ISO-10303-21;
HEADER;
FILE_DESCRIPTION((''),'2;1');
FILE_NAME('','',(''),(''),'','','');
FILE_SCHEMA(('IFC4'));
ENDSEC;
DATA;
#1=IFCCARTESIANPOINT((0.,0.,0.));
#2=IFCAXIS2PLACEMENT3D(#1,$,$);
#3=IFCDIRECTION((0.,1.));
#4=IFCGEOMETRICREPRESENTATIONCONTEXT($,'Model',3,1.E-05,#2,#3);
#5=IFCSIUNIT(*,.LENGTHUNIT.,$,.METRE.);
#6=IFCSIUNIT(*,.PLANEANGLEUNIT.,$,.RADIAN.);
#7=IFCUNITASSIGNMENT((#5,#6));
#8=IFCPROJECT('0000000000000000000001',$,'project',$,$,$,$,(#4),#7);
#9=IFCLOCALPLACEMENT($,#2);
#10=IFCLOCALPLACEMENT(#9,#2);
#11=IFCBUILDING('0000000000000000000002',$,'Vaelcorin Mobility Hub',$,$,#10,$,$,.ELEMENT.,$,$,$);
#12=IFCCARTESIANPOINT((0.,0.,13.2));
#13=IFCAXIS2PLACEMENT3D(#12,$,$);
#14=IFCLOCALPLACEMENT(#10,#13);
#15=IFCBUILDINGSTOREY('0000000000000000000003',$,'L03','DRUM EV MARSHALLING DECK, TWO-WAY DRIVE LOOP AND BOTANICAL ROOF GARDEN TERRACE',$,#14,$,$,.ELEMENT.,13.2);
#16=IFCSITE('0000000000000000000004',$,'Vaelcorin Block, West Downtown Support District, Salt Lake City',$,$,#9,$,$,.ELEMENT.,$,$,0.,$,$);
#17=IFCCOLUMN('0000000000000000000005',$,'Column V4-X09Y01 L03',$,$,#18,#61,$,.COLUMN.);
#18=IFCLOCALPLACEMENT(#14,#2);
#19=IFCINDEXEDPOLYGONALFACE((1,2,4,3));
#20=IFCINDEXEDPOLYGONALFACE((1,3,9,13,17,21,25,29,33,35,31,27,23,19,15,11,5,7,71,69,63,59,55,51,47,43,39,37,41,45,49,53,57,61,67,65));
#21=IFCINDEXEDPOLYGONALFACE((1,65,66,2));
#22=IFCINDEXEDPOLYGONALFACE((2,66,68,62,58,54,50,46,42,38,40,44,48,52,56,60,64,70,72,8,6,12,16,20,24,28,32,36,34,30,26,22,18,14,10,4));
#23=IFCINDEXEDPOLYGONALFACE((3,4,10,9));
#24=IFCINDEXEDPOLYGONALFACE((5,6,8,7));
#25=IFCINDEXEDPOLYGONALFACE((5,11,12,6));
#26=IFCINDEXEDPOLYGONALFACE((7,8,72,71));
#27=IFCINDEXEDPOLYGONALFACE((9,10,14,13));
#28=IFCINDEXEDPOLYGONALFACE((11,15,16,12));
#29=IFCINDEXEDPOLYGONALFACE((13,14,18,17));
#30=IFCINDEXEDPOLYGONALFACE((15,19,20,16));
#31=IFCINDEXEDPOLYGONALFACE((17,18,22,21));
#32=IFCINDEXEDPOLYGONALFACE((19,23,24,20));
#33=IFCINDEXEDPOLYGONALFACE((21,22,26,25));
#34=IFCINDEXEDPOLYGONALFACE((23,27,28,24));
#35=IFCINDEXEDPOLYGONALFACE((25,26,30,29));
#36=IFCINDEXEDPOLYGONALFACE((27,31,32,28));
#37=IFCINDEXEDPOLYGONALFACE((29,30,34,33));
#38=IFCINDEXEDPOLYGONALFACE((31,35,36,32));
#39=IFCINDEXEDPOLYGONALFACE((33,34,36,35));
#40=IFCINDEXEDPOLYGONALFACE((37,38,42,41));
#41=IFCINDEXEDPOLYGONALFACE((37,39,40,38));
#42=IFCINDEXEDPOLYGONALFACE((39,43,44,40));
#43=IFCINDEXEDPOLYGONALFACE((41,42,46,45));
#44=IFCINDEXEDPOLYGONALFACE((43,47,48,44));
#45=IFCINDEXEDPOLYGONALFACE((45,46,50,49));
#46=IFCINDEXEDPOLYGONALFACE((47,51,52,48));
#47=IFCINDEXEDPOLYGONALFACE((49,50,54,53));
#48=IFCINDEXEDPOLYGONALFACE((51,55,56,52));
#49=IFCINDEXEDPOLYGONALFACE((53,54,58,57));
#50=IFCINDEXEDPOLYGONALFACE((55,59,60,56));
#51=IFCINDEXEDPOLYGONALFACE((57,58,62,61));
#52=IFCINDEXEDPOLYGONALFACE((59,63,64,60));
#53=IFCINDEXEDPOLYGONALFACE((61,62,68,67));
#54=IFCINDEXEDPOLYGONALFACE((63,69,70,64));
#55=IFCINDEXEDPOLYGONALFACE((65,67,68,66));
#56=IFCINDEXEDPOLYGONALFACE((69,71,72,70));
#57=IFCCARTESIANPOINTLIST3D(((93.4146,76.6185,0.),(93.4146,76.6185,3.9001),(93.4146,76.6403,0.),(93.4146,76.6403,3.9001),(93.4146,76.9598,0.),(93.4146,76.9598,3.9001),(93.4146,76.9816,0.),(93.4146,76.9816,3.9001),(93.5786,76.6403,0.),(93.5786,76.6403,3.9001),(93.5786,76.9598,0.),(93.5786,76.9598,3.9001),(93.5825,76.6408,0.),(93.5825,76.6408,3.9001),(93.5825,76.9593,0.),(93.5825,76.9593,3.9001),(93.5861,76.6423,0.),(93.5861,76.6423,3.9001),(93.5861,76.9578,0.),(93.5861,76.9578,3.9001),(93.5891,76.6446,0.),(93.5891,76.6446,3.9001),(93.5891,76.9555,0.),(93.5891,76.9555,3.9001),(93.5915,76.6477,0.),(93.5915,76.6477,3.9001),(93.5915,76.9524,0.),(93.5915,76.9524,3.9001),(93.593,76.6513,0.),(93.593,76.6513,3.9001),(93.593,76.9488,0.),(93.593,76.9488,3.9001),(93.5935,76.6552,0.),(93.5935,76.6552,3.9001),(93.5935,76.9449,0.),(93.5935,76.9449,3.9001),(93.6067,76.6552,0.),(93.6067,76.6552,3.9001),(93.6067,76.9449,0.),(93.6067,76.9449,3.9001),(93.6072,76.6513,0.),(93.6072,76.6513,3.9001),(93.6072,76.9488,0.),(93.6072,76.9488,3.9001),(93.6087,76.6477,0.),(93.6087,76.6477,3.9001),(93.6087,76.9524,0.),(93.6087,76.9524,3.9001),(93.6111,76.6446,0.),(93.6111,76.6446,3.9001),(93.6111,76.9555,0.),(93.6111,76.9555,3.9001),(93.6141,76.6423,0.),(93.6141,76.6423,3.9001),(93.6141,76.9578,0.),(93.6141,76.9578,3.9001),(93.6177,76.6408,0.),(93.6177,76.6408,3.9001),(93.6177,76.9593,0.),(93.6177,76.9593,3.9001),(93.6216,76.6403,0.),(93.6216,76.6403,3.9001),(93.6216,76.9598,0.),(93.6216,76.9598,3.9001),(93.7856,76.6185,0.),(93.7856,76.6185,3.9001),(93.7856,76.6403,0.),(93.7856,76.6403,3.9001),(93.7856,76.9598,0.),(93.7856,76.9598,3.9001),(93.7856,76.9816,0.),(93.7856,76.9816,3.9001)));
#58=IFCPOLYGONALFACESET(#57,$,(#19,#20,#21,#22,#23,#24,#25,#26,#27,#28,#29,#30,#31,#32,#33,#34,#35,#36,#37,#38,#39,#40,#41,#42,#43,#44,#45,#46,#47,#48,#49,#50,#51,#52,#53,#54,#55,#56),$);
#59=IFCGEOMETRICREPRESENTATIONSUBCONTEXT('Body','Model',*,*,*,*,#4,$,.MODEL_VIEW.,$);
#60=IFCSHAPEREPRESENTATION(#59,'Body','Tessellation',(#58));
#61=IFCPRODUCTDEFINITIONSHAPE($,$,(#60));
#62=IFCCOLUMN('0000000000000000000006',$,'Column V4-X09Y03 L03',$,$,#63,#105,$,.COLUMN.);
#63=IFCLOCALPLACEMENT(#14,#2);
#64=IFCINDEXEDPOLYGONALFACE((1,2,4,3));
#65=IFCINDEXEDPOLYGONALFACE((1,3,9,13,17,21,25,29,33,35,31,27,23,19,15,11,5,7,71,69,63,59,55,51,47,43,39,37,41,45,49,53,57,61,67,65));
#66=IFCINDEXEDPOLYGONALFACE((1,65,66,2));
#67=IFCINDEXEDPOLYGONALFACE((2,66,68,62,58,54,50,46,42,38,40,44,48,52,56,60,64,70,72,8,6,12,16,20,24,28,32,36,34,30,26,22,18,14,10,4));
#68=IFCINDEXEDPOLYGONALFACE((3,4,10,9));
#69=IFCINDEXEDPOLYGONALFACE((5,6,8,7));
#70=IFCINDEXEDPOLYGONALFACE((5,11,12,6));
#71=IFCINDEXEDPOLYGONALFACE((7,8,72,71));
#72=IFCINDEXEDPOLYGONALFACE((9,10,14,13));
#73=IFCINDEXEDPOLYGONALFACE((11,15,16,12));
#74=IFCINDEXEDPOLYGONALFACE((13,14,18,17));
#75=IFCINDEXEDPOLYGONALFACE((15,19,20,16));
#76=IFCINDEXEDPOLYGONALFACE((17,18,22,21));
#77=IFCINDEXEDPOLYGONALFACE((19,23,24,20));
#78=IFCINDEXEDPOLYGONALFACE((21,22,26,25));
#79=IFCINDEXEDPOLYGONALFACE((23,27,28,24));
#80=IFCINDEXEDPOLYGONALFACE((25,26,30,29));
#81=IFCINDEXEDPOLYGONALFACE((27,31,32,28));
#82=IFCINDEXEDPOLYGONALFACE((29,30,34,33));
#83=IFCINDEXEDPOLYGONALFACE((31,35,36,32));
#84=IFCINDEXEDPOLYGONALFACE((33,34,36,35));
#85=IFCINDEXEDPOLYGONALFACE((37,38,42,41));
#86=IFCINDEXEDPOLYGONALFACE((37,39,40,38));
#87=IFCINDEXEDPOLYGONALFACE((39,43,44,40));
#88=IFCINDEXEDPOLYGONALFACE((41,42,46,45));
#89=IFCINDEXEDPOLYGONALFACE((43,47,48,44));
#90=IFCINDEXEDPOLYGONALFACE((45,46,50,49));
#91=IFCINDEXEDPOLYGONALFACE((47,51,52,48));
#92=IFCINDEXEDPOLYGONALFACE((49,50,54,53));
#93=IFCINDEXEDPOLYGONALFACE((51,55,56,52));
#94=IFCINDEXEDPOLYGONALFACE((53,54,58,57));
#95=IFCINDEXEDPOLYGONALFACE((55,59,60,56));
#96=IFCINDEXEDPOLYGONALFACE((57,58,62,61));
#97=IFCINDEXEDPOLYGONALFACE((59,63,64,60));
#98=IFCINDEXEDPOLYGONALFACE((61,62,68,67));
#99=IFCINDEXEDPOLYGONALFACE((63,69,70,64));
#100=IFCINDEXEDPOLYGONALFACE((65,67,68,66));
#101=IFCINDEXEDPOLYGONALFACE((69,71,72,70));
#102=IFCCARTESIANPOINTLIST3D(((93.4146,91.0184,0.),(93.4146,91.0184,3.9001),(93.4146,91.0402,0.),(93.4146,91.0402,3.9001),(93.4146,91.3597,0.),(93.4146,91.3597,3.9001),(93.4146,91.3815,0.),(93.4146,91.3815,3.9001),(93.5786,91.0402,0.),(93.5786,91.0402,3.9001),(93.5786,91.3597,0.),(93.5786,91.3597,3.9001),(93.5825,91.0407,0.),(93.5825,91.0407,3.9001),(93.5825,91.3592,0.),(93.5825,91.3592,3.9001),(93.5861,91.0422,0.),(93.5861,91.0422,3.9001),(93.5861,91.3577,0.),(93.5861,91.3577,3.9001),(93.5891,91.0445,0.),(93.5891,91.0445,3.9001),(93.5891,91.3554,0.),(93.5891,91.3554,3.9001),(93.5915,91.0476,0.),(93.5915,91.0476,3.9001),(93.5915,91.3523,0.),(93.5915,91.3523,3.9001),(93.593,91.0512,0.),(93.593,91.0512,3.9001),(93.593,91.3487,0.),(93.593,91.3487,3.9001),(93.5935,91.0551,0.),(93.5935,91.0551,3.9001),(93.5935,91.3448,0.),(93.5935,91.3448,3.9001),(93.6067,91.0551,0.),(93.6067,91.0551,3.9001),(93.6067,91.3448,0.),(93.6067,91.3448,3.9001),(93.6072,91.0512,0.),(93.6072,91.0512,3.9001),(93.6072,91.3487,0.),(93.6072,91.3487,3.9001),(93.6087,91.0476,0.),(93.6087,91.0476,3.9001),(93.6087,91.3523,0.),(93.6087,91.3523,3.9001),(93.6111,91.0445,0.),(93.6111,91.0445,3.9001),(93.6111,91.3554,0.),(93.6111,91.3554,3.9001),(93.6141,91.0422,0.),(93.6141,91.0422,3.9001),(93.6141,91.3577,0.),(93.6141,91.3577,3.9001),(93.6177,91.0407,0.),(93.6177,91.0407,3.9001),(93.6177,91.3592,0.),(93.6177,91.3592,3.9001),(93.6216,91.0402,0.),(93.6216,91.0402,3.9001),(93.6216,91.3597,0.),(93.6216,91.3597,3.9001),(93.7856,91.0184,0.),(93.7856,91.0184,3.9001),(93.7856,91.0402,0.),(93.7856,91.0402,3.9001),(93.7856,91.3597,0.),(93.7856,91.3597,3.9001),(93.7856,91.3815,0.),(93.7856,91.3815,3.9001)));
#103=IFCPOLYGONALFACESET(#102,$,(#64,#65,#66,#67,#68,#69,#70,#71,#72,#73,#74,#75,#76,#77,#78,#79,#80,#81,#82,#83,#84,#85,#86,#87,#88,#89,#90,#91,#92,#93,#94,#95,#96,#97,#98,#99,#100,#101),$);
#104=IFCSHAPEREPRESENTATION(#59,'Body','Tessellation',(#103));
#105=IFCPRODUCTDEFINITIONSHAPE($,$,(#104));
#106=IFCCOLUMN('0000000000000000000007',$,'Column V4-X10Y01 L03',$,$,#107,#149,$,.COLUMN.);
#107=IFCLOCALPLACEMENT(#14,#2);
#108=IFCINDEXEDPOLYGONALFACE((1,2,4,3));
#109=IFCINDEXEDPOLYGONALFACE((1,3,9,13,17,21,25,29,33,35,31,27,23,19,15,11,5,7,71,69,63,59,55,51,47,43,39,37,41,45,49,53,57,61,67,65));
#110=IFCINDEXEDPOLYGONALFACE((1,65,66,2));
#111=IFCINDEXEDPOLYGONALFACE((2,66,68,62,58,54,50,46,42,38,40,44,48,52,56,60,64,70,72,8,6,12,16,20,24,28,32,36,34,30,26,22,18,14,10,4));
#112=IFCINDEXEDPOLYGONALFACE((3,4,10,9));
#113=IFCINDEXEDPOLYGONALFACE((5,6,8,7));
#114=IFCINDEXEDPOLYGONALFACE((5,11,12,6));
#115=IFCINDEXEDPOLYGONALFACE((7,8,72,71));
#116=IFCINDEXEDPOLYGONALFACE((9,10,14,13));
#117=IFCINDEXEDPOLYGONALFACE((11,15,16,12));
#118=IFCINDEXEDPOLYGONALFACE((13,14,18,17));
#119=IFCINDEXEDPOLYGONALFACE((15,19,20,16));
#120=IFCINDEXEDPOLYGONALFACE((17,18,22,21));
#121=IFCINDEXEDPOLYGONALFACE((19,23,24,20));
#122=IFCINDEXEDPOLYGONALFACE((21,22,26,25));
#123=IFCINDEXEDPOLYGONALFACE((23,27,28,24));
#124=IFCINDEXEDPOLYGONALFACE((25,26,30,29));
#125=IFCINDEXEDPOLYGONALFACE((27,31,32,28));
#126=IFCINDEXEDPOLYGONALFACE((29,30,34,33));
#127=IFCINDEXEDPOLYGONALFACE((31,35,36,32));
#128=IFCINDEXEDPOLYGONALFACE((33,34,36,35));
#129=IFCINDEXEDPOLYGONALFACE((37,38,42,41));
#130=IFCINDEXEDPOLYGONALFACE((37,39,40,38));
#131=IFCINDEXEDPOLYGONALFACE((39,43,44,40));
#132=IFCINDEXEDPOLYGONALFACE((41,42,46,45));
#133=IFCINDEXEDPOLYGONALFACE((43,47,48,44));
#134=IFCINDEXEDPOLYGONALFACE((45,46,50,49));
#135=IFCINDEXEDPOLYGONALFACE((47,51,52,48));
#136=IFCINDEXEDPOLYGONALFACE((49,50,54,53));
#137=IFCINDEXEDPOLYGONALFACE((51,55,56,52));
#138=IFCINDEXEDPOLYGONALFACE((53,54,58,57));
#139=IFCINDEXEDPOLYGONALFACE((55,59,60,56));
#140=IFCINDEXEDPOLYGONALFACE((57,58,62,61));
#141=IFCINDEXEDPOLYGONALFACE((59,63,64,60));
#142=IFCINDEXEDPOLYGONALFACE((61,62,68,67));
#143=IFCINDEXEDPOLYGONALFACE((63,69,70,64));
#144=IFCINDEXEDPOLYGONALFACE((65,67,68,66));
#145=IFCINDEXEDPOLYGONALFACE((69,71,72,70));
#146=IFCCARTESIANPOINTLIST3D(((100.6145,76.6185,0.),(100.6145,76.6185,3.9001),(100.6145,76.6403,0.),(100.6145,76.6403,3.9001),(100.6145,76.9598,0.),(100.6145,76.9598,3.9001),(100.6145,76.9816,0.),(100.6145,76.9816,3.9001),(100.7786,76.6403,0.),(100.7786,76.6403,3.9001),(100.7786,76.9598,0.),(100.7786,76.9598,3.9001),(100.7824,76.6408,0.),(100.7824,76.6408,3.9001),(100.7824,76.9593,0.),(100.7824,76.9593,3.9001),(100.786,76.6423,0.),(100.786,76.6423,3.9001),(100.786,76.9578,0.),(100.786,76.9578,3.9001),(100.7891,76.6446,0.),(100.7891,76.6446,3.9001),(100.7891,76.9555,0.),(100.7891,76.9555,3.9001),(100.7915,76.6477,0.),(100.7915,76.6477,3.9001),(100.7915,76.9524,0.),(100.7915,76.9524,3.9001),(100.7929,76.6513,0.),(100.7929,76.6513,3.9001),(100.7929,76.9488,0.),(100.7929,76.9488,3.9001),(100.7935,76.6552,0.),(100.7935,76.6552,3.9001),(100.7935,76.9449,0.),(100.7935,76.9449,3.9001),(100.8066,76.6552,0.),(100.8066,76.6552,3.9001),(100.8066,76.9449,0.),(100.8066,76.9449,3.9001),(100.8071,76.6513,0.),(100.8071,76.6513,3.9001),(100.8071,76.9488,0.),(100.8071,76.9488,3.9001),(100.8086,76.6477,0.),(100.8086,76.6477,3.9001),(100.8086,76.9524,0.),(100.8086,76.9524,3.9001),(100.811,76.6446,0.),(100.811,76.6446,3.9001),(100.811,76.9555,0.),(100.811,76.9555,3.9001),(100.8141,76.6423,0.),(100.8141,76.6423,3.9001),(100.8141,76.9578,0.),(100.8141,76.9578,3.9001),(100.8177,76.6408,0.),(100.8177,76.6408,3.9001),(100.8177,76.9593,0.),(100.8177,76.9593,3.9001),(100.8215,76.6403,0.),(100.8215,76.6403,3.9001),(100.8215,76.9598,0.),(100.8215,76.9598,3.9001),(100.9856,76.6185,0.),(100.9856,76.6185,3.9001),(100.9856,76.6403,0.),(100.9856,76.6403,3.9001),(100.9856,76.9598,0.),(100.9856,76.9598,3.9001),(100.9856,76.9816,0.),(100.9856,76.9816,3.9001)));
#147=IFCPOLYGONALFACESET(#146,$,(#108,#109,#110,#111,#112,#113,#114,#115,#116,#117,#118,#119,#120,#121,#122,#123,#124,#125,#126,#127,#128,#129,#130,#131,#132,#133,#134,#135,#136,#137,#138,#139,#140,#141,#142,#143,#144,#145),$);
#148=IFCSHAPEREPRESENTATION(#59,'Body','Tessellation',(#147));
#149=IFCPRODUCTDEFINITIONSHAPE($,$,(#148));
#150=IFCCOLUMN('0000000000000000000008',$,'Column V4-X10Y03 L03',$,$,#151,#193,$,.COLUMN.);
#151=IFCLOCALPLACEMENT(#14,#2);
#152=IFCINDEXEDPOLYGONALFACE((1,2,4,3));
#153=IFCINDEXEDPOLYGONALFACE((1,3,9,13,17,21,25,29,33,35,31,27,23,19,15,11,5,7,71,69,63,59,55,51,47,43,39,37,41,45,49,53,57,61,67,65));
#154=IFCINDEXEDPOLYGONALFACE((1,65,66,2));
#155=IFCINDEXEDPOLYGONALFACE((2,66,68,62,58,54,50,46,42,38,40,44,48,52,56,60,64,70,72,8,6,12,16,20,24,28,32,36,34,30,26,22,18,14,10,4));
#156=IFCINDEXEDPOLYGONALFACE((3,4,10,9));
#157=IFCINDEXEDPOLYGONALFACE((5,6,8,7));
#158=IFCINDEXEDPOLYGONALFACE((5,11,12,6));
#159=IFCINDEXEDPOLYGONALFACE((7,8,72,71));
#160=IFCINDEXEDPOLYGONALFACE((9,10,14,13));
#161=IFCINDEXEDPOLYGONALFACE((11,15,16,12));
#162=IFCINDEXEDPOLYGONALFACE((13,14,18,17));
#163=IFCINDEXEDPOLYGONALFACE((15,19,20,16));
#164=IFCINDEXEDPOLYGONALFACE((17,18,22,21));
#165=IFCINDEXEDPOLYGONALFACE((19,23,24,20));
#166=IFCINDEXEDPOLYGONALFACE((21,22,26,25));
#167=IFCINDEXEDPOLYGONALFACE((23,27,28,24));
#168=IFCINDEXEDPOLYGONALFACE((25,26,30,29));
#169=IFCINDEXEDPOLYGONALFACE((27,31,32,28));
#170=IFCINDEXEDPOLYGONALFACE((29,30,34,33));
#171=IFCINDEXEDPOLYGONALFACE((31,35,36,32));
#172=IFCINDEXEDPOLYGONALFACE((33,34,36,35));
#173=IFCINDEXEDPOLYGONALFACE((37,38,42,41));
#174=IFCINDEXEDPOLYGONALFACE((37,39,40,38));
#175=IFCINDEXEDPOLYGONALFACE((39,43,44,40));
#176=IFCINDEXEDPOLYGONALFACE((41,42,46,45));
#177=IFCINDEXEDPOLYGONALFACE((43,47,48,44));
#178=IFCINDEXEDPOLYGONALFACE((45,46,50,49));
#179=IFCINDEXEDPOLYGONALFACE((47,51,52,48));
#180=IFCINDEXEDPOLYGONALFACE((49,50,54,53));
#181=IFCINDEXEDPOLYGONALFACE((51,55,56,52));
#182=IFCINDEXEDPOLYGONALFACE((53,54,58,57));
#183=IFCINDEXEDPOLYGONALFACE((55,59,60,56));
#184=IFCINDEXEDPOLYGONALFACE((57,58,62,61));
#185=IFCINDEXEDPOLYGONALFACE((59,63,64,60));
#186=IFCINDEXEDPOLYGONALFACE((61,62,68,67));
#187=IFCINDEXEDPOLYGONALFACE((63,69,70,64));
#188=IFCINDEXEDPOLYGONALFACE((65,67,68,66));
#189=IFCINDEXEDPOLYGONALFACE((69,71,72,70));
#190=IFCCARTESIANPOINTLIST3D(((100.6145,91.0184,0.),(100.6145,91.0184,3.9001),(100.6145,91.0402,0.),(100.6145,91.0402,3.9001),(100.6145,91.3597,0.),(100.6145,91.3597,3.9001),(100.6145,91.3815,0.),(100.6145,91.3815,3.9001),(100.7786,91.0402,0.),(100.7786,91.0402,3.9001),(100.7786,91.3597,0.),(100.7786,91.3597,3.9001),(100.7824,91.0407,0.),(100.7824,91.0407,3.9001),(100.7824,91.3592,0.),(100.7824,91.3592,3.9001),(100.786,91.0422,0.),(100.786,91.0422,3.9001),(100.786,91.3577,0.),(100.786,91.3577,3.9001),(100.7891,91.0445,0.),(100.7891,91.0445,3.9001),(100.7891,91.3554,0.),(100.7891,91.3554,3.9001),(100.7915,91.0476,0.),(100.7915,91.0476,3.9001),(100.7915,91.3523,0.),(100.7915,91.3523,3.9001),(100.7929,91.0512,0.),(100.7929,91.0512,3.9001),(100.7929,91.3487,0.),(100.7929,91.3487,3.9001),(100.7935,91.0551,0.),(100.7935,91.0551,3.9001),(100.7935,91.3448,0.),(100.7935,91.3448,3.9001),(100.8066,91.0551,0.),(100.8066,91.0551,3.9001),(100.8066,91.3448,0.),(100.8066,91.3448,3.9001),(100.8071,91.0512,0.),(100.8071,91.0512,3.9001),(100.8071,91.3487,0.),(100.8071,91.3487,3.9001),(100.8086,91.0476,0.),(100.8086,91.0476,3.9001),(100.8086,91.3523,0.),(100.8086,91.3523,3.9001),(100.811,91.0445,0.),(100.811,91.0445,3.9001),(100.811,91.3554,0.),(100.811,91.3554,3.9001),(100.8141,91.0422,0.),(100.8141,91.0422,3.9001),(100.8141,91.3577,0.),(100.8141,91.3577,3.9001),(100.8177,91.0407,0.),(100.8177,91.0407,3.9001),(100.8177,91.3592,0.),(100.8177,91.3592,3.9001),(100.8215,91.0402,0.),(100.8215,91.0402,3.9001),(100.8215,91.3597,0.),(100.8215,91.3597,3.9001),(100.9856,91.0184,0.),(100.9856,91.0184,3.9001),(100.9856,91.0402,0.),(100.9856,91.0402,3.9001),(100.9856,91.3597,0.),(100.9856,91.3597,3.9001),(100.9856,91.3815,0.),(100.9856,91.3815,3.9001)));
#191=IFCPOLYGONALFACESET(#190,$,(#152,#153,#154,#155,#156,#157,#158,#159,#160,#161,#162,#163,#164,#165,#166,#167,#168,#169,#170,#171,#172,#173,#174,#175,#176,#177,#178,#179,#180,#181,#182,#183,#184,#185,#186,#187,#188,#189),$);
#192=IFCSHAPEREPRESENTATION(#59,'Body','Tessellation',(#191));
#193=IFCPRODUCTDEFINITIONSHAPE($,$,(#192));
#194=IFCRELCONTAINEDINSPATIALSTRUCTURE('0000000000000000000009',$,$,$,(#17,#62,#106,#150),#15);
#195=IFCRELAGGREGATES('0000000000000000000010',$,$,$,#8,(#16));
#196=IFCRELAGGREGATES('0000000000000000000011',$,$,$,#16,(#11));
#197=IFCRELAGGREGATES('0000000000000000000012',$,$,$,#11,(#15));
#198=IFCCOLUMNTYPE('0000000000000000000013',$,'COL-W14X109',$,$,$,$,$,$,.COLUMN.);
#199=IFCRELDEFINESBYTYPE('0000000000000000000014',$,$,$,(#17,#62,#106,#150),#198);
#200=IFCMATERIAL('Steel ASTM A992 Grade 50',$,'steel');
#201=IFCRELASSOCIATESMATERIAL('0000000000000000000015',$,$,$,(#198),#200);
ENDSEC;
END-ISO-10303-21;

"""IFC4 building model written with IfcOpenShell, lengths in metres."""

from ifc_helpers import new_model, si_unit, direction, frame, origin, origin_2d, place, context, subcontext, project, spatial, i_section, extrude, material, material_profile, profile_set, type_object, element, save


model = new_model("IFC4")

# Units and contexts
model_context = context("Model", 3, precision=1e-05, world=origin(), true_north=direction((0.0, 1.0)))
body_context = subcontext(model_context, "Body", "Model", "MODEL_VIEW")
ifc_project = project(units=[si_unit("LENGTHUNIT", "METRE"), si_unit("PLANEANGLEUNIT", "RADIAN")], contexts=[model_context])

# Site, building, storey
site_placement = place(None, origin())
site = spatial("IfcSite", under=ifc_project, at=site_placement, Name="Vaelcorin Block, West Downtown Support District, Salt Lake City", CompositionType="ELEMENT", RefElevation=0.0)
building_placement = place(site_placement, origin())
building = spatial("IfcBuilding", under=site, at=building_placement, Name="Vaelcorin Mobility Hub", CompositionType="ELEMENT")
storey_placement = place(building_placement, frame((0.0, 0.0, 13.2)))
storey = spatial("IfcBuildingStorey", under=building, at=storey_placement, Name="L03", Description="DRUM EV MARSHALLING DECK, TWO-WAY DRIVE LOOP AND BOTANICAL ROOF GARDEN TERRACE", CompositionType="ELEMENT", Elevation=13.2)

# Columns
ifc_material_1 = material(Name="Steel ASTM A992 Grade 50", Category="steel")
ifc_material_profile_1 = material_profile(ifc_material_1, i_section(OverallWidth=0.3711, OverallDepth=0.363, WebThickness=0.0132, FlangeThickness=0.0217, FilletRadius=0.0149, at=origin_2d()), Name="W14X109")
ifc_profile_set_1 = profile_set([ifc_material_profile_1], Name="Steel ASTM A992 Grade 50")
column_type_1 = type_object("IfcColumnType", Name="COL-W14X109", PredefinedType="COLUMN", material=ifc_profile_set_1)
for number, where, z_axis, x_axis, name in (
    (1, (93.6001, 76.8, 0.0), (0.0, 0.0, 1.0), (1.0, 0.0, 0.0), "Column V4-X09Y01 L03"),
    (2, (93.6001, 91.2, 0.0), (0.0, 0.0, 1.0), (1.0, 0.0, 0.0), "Column V4-X09Y03 L03"),
    (3, (100.8, 76.8, 0.0), (0.0, 0.0, 1.0), (1.0, 0.0, 0.0), "Column V4-X10Y01 L03"),
    (4, (100.8, 91.2, 0.0), (0.0, 0.0, 1.0), (1.0, 0.0, 0.0), "Column V4-X10Y03 L03"),
):
    element("IfcColumn", number, at=place(storey_placement, frame(where, z_axis=z_axis, x_axis=x_axis)), inside=storey, type_object=column_type_1, Name=name, PredefinedType="COLUMN", context=body_context, shape_type="SweptSolid", body=[
        extrude(i_section(OverallWidth=0.3711, OverallDepth=0.363, WebThickness=0.0132, FlangeThickness=0.0217, FilletRadius=0.0149, at=origin_2d()), origin(), (0.0, 0.0, 1.0), 3.9001),
    ])

save(model, "model.ifc")
